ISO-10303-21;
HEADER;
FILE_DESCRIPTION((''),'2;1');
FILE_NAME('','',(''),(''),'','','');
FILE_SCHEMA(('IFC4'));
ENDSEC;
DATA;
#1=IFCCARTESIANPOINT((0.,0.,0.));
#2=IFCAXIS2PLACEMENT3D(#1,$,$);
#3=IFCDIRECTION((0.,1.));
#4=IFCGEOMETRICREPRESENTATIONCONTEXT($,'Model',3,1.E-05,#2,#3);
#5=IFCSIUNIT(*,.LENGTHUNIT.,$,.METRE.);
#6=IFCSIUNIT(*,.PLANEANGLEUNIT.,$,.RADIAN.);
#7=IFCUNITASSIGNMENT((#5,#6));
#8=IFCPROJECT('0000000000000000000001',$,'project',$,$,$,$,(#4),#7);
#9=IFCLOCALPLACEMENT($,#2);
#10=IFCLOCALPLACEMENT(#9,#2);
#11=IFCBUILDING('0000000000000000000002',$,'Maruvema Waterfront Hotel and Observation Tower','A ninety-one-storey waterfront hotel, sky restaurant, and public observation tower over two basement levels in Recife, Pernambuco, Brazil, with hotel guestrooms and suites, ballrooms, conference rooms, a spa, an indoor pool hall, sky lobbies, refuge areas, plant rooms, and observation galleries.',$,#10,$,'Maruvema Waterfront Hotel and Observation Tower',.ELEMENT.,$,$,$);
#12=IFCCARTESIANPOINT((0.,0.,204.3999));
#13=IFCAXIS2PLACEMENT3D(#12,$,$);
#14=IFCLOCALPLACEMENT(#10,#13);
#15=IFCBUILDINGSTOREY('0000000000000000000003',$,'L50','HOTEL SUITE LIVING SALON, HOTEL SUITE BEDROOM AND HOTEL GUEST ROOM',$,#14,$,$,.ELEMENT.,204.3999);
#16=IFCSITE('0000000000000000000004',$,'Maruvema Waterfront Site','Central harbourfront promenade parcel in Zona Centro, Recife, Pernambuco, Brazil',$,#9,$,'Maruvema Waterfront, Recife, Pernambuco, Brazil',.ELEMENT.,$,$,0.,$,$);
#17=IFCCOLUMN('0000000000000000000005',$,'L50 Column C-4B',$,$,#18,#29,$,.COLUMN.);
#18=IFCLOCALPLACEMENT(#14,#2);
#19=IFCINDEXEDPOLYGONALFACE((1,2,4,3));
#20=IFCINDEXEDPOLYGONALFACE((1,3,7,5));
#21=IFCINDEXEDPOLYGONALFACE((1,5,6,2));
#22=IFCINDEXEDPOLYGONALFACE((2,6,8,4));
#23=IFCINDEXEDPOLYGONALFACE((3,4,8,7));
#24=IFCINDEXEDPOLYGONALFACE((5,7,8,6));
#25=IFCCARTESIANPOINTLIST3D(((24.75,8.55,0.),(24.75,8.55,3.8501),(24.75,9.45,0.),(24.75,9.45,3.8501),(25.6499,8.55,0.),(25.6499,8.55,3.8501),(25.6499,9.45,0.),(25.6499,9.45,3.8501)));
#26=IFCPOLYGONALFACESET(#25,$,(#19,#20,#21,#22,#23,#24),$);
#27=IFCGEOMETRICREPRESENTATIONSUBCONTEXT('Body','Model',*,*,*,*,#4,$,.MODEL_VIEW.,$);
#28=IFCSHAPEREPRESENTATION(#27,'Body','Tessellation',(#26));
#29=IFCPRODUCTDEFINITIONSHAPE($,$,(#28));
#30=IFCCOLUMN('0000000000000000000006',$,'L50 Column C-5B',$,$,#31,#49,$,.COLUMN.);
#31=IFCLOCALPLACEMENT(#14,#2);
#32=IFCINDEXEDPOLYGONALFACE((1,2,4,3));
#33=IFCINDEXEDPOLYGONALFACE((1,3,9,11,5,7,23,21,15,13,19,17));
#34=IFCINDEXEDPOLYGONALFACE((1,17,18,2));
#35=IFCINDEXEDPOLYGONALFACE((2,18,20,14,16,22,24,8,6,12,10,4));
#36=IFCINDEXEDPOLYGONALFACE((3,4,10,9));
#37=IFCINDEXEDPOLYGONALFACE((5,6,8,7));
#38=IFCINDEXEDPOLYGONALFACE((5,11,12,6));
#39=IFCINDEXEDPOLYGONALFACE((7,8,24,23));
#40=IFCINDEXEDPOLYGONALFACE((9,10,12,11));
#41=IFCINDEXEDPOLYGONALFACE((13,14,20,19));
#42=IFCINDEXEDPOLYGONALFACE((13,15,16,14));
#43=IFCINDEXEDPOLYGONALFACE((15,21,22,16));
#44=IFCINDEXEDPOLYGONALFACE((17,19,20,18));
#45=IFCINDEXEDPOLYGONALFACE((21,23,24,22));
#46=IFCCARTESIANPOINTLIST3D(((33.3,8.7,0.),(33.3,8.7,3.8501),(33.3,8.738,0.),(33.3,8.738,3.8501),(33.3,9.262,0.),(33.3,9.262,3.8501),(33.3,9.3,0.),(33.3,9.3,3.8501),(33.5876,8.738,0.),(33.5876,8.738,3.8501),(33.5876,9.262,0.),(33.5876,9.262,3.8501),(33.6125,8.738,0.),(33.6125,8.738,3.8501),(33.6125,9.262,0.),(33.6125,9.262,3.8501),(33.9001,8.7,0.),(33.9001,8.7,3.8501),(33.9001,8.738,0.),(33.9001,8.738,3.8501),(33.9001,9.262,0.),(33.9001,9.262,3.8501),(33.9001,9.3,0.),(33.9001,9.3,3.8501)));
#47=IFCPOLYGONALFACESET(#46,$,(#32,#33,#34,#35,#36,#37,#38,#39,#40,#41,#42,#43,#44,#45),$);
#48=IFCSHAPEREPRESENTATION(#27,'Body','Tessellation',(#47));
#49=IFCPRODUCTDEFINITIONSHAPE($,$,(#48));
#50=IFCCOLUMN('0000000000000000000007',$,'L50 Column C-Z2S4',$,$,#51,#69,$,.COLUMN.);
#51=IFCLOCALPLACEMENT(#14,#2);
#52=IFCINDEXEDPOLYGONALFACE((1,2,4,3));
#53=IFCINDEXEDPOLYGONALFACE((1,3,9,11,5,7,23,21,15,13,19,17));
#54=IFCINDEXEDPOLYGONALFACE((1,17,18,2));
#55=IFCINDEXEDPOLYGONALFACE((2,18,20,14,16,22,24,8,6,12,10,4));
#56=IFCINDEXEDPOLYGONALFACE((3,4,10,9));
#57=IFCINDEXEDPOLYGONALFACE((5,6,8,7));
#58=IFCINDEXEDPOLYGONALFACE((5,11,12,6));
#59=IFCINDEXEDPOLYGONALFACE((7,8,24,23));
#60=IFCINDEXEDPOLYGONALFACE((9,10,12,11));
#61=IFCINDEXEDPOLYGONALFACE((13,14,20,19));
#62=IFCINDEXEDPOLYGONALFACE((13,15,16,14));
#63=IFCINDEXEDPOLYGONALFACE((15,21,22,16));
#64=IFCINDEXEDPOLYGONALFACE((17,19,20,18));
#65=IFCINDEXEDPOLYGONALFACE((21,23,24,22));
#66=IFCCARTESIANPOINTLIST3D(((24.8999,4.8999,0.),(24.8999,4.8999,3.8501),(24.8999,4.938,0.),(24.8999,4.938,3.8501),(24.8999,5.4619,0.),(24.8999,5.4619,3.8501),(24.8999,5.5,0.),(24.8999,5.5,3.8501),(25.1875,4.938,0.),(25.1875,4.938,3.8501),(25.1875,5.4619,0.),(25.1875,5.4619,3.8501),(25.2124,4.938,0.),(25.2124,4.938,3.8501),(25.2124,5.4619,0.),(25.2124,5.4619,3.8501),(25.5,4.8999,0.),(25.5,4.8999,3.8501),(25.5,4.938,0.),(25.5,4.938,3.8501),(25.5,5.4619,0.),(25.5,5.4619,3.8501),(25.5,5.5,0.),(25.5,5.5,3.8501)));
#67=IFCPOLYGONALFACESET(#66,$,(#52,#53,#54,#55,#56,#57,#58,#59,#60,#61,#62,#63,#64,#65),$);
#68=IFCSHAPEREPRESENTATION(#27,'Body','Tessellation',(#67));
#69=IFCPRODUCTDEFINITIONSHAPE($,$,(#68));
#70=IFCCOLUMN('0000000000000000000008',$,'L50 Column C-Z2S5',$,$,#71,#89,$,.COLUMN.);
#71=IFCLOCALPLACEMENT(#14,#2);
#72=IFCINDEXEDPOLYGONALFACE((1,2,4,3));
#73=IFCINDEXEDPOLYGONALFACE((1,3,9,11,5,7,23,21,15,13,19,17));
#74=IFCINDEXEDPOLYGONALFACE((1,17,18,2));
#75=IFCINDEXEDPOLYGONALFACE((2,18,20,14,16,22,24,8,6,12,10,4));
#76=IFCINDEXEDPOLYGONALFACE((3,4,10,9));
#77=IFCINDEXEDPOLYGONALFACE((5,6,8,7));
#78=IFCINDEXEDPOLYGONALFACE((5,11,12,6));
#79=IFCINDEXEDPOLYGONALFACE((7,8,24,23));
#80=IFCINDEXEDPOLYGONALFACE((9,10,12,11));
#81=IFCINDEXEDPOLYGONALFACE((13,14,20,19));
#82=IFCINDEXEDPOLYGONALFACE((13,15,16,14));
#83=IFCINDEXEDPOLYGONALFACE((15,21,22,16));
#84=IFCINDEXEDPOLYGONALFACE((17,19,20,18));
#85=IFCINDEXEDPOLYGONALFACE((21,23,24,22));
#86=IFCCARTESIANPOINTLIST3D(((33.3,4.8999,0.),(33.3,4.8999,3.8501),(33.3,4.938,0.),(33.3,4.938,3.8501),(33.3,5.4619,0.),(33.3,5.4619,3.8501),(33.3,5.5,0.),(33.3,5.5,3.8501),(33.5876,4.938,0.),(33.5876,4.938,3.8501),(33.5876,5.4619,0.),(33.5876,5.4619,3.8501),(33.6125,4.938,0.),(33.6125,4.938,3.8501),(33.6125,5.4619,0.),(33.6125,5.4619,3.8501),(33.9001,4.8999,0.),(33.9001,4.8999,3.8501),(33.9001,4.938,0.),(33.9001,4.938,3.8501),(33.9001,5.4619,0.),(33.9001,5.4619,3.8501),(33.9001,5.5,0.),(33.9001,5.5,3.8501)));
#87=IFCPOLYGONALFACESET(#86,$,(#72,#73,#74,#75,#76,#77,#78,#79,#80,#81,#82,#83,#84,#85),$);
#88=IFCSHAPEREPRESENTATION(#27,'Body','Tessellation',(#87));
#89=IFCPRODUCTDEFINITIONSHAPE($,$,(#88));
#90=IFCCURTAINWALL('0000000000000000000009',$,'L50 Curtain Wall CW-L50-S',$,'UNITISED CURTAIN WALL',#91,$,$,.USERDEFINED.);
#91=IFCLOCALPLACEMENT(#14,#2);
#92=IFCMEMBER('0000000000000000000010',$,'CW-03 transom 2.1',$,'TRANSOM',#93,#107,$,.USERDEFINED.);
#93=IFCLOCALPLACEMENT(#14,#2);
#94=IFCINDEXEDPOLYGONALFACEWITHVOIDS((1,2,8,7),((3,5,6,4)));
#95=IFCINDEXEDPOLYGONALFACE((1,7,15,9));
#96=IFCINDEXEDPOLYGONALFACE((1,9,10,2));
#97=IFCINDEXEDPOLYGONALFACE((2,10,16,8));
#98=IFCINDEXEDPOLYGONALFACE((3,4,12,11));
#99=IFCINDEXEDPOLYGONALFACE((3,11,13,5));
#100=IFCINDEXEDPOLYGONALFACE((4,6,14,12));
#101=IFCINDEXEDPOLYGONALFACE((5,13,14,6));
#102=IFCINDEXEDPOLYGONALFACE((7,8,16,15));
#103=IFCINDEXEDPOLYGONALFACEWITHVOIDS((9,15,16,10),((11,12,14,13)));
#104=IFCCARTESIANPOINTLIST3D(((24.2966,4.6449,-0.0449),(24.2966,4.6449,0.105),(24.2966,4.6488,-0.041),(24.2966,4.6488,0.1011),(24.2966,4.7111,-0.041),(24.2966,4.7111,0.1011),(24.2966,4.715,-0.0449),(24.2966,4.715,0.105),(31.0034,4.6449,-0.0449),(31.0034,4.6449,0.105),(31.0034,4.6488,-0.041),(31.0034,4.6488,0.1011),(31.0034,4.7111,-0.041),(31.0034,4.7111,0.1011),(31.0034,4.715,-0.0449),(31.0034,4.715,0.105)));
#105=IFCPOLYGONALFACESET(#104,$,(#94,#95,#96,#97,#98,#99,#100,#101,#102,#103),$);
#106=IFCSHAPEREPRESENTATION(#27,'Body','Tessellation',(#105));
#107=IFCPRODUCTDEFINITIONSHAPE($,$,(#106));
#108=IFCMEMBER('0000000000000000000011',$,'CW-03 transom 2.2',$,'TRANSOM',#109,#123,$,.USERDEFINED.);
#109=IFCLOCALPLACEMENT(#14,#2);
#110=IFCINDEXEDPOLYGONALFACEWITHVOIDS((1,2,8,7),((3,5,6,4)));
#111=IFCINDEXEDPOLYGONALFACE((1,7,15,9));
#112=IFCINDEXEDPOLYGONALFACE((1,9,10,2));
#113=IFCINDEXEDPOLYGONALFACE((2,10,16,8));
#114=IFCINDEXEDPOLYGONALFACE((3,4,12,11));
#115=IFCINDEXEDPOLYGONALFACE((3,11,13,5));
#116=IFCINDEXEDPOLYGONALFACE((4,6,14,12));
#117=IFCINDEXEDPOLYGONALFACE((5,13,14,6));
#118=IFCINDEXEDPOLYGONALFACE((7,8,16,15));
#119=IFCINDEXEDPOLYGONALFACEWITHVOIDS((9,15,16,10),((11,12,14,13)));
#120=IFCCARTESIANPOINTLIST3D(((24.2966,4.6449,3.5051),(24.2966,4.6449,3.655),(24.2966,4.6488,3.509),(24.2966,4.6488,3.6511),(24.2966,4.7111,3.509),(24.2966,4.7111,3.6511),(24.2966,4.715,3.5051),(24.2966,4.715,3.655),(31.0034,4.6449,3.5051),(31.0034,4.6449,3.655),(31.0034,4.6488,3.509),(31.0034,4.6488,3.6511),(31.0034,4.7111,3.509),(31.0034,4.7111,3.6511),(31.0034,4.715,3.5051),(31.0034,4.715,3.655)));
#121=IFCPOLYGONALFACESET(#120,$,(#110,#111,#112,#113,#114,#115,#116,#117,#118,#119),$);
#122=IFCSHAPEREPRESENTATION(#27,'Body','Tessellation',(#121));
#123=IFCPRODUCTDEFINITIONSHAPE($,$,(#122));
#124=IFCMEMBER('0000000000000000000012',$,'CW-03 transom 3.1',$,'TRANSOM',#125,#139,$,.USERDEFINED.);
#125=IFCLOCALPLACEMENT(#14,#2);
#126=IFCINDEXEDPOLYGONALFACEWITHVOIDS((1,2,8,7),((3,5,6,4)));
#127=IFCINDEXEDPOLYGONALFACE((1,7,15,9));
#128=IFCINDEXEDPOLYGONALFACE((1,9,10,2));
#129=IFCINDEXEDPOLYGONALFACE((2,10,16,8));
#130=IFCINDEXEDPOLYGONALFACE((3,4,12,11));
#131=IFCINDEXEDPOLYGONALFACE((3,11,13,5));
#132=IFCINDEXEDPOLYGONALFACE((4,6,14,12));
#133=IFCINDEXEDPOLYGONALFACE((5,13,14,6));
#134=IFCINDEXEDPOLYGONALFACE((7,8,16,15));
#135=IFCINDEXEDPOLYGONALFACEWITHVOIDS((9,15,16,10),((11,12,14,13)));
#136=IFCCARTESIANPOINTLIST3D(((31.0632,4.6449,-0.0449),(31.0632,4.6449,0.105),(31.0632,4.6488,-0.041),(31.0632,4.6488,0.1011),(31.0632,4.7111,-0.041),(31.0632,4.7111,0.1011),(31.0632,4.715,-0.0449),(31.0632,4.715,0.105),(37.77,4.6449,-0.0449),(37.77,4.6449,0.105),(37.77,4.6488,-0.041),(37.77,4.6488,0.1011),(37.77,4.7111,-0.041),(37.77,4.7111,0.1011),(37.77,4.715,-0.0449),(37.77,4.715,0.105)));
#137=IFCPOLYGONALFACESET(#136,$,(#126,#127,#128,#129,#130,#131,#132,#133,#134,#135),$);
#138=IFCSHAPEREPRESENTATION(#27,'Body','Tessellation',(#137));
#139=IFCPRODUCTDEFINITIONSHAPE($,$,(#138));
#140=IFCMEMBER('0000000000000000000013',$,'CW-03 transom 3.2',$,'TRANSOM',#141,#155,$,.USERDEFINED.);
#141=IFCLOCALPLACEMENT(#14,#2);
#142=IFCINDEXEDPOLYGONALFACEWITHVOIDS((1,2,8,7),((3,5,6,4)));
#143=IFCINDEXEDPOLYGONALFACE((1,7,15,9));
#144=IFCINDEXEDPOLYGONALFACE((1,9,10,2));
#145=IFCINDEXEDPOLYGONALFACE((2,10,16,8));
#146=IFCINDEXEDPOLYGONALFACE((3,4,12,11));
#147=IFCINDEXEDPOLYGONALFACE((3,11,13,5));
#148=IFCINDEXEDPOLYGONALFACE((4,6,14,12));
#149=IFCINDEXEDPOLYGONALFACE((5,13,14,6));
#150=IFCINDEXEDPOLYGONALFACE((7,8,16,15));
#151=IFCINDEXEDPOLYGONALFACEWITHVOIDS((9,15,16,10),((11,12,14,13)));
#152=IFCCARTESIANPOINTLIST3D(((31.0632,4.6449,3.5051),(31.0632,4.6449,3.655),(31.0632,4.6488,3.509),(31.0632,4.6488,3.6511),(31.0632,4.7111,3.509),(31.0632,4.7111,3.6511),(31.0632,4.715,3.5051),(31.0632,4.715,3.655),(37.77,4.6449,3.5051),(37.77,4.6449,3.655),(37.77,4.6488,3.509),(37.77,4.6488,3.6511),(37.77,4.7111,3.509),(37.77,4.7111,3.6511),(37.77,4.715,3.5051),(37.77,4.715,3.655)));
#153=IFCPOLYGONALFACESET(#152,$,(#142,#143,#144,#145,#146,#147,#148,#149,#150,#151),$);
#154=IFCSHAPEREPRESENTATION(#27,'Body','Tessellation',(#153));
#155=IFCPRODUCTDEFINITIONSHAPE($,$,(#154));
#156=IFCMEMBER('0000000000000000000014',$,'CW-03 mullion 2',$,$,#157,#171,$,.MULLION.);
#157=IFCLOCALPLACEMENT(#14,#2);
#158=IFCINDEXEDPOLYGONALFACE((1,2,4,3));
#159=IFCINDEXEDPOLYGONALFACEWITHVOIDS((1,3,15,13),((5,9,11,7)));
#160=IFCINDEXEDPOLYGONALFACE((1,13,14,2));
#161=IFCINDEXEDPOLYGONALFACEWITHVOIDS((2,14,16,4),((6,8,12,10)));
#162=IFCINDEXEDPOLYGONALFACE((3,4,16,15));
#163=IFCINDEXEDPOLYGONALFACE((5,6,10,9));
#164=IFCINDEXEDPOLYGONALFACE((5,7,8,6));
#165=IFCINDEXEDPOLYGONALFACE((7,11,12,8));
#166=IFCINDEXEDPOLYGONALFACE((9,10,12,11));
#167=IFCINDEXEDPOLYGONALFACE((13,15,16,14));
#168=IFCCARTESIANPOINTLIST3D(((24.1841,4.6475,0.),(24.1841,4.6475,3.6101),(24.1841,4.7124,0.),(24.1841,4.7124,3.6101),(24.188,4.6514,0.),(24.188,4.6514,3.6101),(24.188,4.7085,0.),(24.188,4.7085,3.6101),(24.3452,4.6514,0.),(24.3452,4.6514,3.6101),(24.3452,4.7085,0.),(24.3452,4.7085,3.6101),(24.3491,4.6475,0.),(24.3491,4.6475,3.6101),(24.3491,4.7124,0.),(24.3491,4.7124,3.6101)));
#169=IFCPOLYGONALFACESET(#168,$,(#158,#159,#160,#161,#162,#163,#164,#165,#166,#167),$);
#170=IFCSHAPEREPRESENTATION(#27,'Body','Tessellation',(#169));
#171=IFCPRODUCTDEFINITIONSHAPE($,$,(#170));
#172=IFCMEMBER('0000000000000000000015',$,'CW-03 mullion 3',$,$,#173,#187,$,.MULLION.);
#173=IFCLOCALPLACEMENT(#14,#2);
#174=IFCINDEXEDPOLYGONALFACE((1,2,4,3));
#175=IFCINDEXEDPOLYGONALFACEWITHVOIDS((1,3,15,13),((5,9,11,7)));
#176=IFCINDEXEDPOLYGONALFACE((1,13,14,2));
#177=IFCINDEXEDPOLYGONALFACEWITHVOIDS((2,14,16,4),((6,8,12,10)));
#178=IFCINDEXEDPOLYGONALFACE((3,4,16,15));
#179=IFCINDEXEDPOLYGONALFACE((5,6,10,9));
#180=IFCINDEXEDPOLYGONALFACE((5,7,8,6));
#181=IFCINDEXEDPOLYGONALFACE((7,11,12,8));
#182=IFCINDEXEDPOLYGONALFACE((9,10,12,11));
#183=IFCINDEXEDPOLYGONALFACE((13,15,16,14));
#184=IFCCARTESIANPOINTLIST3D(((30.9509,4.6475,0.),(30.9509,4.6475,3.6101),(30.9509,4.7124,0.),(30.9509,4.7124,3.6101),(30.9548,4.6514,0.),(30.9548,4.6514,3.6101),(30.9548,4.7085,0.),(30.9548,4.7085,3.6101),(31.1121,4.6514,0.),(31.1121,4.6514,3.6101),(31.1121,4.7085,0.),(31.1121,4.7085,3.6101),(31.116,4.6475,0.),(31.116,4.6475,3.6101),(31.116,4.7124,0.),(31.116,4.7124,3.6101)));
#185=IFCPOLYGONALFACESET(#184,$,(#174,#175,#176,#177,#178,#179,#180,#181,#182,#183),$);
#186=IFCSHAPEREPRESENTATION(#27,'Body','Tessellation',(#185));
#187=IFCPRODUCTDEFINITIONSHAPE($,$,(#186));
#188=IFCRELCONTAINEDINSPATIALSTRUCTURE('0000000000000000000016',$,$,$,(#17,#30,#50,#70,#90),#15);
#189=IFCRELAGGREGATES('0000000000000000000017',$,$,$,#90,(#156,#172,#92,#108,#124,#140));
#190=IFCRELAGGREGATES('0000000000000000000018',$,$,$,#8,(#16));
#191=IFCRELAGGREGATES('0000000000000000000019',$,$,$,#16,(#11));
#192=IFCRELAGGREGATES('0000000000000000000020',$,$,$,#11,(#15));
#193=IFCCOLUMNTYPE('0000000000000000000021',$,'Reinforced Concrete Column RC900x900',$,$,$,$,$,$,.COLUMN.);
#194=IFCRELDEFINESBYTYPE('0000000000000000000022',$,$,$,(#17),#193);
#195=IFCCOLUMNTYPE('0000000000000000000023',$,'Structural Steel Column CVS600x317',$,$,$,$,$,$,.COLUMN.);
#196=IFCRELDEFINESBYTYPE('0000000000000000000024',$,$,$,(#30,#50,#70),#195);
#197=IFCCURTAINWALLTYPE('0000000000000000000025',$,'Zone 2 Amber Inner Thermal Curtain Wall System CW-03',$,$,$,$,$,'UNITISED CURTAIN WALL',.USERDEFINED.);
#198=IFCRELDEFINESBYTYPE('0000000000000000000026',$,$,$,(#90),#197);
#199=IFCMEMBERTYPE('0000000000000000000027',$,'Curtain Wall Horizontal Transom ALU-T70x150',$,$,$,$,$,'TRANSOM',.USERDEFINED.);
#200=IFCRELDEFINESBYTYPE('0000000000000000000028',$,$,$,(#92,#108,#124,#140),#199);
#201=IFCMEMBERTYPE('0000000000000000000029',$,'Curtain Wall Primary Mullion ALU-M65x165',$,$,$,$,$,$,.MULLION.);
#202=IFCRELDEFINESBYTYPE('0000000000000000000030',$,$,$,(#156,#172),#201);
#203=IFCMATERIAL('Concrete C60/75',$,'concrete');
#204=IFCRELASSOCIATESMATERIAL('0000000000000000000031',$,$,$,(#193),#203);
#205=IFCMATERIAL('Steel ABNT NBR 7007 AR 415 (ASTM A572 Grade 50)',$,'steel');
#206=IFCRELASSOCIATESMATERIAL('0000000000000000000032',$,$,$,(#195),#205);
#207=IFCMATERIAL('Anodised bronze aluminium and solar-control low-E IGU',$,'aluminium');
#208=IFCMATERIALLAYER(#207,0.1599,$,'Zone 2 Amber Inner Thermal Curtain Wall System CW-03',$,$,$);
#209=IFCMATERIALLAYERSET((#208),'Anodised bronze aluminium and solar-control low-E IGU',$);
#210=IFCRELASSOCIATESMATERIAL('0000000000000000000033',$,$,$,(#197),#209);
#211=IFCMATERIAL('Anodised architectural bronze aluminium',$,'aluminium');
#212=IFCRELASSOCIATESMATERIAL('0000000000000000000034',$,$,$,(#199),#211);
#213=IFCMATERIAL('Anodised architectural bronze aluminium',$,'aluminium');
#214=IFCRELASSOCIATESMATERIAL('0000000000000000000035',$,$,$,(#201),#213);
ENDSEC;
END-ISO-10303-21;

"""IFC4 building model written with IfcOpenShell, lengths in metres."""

from ifc_helpers import new_model, si_unit, direction, frame, origin, origin_2d, place, context, subcontext, project, spatial, rectangle, hollow_rectangle, i_section, extrude, material, layer, layer_set, material_profile, profile_set, type_object, element, aggregate, save


model = new_model("IFC4")

# Units and contexts
model_context = context("Model", 3, precision=1e-05, world=origin(), true_north=direction((0.0, 1.0)))
body_context = subcontext(model_context, "Body", "Model", "MODEL_VIEW")
ifc_project = project(units=[si_unit("LENGTHUNIT", "METRE"), si_unit("PLANEANGLEUNIT", "RADIAN")], contexts=[model_context])

# Site, building, storey
site_placement = place(None, origin())
site = spatial("IfcSite", under=ifc_project, at=site_placement, Name="Maruvema Waterfront Site", Description="Central harbourfront promenade parcel in Zona Centro, Recife, Pernambuco, Brazil", LongName="Maruvema Waterfront, Recife, Pernambuco, Brazil", CompositionType="ELEMENT", RefElevation=0.0)
building_placement = place(site_placement, origin())
building = spatial("IfcBuilding", under=site, at=building_placement, Name="Maruvema Waterfront Hotel and Observation Tower", Description="A ninety-one-storey waterfront hotel, sky restaurant, and public observation tower over two basement levels in Recife, Pernambuco, Brazil, with hotel guestrooms and suites, ballrooms, conference rooms, a spa, an indoor pool hall, sky lobbies, refuge areas, plant rooms, and observation galleries.", LongName="Maruvema Waterfront Hotel and Observation Tower", CompositionType="ELEMENT")
storey_placement = place(building_placement, frame((0.0, 0.0, 204.3999)))
storey = spatial("IfcBuildingStorey", under=building, at=storey_placement, Name="L50", Description="HOTEL SUITE LIVING SALON, HOTEL SUITE BEDROOM AND HOTEL GUEST ROOM", CompositionType="ELEMENT", Elevation=204.3999)

# Columns
ifc_material_1 = material(Name="Concrete C60/75", Category="concrete")
ifc_material_profile_1 = material_profile(ifc_material_1, rectangle(XDim=0.8999, YDim=0.8999, at=origin_2d()), Name="RC900x900")
ifc_profile_set_1 = profile_set([ifc_material_profile_1], Name="Concrete C60/75")
column_type_1 = type_object("IfcColumnType", Name="Reinforced Concrete Column RC900x900", PredefinedType="COLUMN", material=ifc_profile_set_1)
column_placement = place(storey_placement, frame((25.2, 9.0, 0.0), z_axis=(0.0, 0.0, 1.0), x_axis=(1.0, 0.0, 0.0)))
element("IfcColumn", 1, at=column_placement, inside=storey, type_object=column_type_1, Name="L50 Column C-4B", PredefinedType="COLUMN", context=body_context, shape_type="SweptSolid", body=[
    extrude(rectangle(XDim=0.8999, YDim=0.8999, at=origin_2d()), origin(), (0.0, 0.0, 1.0), 3.8501),
])
ifc_material_2 = material(Name="Steel ABNT NBR 7007 AR 415 (ASTM A572 Grade 50)", Category="steel")
ifc_material_profile_2 = material_profile(ifc_material_2, i_section(OverallWidth=0.6001, OverallDepth=0.6001, WebThickness=0.0249, FlangeThickness=0.0381, at=origin_2d()), Name="CVS600x317")
ifc_profile_set_2 = profile_set([ifc_material_profile_2], Name="Steel ABNT NBR 7007 AR 415 (ASTM A572 Grade 50)")
column_type_2 = type_object("IfcColumnType", Name="Structural Steel Column CVS600x317", PredefinedType="COLUMN", material=ifc_profile_set_2)
for number, where, z_axis, x_axis, name in (
    (2, (33.6001, 9.0, 0.0), (0.0, 0.0, 1.0), (1.0, 0.0, 0.0), "L50 Column C-5B"),
    (3, (25.2, 5.2, 0.0), (0.0, 0.0, 1.0), (1.0, 0.0, 0.0), "L50 Column C-Z2S4"),
    (4, (33.6001, 5.2, 0.0), (0.0, 0.0, 1.0), (1.0, 0.0, 0.0), "L50 Column C-Z2S5"),
):
    element("IfcColumn", number, at=place(storey_placement, frame(where, z_axis=z_axis, x_axis=x_axis)), inside=storey, type_object=column_type_2, Name=name, PredefinedType="COLUMN", context=body_context, shape_type="SweptSolid", body=[
        extrude(i_section(OverallWidth=0.6001, OverallDepth=0.6001, WebThickness=0.0249, FlangeThickness=0.0381, at=origin_2d()), origin(), (0.0, 0.0, 1.0), 3.8501),
    ])

# Curtain wall, members
ifc_material_3 = material(Name="Anodised bronze aluminium and solar-control low-E IGU", Category="aluminium")
ifc_layer_1 = layer(ifc_material_3, 0.1599, Name="Zone 2 Amber Inner Thermal Curtain Wall System CW-03")
ifc_layer_set_1 = layer_set([ifc_layer_1], Name="Anodised bronze aluminium and solar-control low-E IGU")
curtain_wall_type = type_object("IfcCurtainWallType", Name="Zone 2 Amber Inner Thermal Curtain Wall System CW-03", ElementType="UNITISED CURTAIN WALL", PredefinedType="USERDEFINED", material=ifc_layer_set_1)
curtain_wall_placement = place(storey_placement, origin())
curtain_wall = element("IfcCurtainWall", 5, at=curtain_wall_placement, inside=storey, type_object=curtain_wall_type, Name="L50 Curtain Wall CW-L50-S", ObjectType="UNITISED CURTAIN WALL", PredefinedType="USERDEFINED")
ifc_material_4 = material(Name="Anodised architectural bronze aluminium", Category="aluminium")
ifc_material_profile_3 = material_profile(ifc_material_4, hollow_rectangle(XDim=0.0701, YDim=0.1499, WallThickness=0.0039, at=origin_2d()), Name="ALU-T70x150")
ifc_profile_set_3 = profile_set([ifc_material_profile_3], Name="Anodised architectural bronze aluminium")
member_type_1 = type_object("IfcMemberType", Name="Curtain Wall Horizontal Transom ALU-T70x150", ElementType="TRANSOM", PredefinedType="USERDEFINED", material=ifc_profile_set_3)
member_1_placement = place(storey_placement, frame((24.2966, 4.6799, 0.03), z_axis=(1.0, 0.0, 0.0), x_axis=(0.0, 1.0, 0.0)))
member_1 = element("IfcMember", 6, at=member_1_placement, type_object=member_type_1, Name="CW-03 transom 2.1", ObjectType="TRANSOM", PredefinedType="USERDEFINED", context=body_context, shape_type="SweptSolid", body=[
    extrude(hollow_rectangle(XDim=0.0701, YDim=0.1499, WallThickness=0.0039, at=origin_2d()), origin(), (0.0, 0.0, 1.0), 6.7068),
])
member_2_placement = place(storey_placement, frame((24.2966, 4.6799, 3.5801), z_axis=(1.0, 0.0, 0.0), x_axis=(0.0, 1.0, 0.0)))
member_2 = element("IfcMember", 7, at=member_2_placement, type_object=member_type_1, Name="CW-03 transom 2.2", ObjectType="TRANSOM", PredefinedType="USERDEFINED", context=body_context, shape_type="SweptSolid", body=[
    extrude(hollow_rectangle(XDim=0.0701, YDim=0.1499, WallThickness=0.0039, at=origin_2d()), origin(), (0.0, 0.0, 1.0), 6.7068),
])
member_3_placement = place(storey_placement, frame((31.0632, 4.6799, 0.03), z_axis=(1.0, 0.0, 0.0), x_axis=(0.0, 1.0, 0.0)))
member_3 = element("IfcMember", 8, at=member_3_placement, type_object=member_type_1, Name="CW-03 transom 3.1", ObjectType="TRANSOM", PredefinedType="USERDEFINED", context=body_context, shape_type="SweptSolid", body=[
    extrude(hollow_rectangle(XDim=0.0701, YDim=0.1499, WallThickness=0.0039, at=origin_2d()), origin(), (0.0, 0.0, 1.0), 6.7068),
])
member_4_placement = place(storey_placement, frame((31.0632, 4.6799, 3.5801), z_axis=(1.0, 0.0, 0.0), x_axis=(0.0, 1.0, 0.0)))
member_4 = element("IfcMember", 9, at=member_4_placement, type_object=member_type_1, Name="CW-03 transom 3.2", ObjectType="TRANSOM", PredefinedType="USERDEFINED", context=body_context, shape_type="SweptSolid", body=[
    extrude(hollow_rectangle(XDim=0.0701, YDim=0.1499, WallThickness=0.0039, at=origin_2d()), origin(), (0.0, 0.0, 1.0), 6.7068),
])
ifc_material_5 = material(Name="Anodised architectural bronze aluminium", Category="aluminium")
ifc_material_profile_4 = material_profile(ifc_material_5, hollow_rectangle(XDim=0.0649, YDim=0.165, WallThickness=0.0039, at=origin_2d()), Name="ALU-M65x165")
ifc_profile_set_4 = profile_set([ifc_material_profile_4], Name="Anodised architectural bronze aluminium")
member_type_2 = type_object("IfcMemberType", Name="Curtain Wall Primary Mullion ALU-M65x165", PredefinedType="MULLION", material=ifc_profile_set_4)
member_5_placement = place(storey_placement, frame((24.2666, 4.6799, 0.0), z_axis=(0.0, 0.0, 1.0), x_axis=(0.0, 1.0, 0.0)))
member_5 = element("IfcMember", 10, at=member_5_placement, type_object=member_type_2, Name="CW-03 mullion 2", PredefinedType="MULLION", context=body_context, shape_type="SweptSolid", body=[
    extrude(hollow_rectangle(XDim=0.0649, YDim=0.165, WallThickness=0.0039, at=origin_2d()), origin(), (0.0, 0.0, 1.0), 3.6101),
])
member_6_placement = place(storey_placement, frame((31.0334, 4.6799, 0.0), z_axis=(0.0, 0.0, 1.0), x_axis=(0.0, 1.0, 0.0)))
member_6 = element("IfcMember", 11, at=member_6_placement, type_object=member_type_2, Name="CW-03 mullion 3", PredefinedType="MULLION", context=body_context, shape_type="SweptSolid", body=[
    extrude(hollow_rectangle(XDim=0.0649, YDim=0.165, WallThickness=0.0039, at=origin_2d()), origin(), (0.0, 0.0, 1.0), 3.6101),
])

aggregate(curtain_wall, [member_5, member_6, member_1, member_2, member_3, member_4])

save(model, "model.ifc")
